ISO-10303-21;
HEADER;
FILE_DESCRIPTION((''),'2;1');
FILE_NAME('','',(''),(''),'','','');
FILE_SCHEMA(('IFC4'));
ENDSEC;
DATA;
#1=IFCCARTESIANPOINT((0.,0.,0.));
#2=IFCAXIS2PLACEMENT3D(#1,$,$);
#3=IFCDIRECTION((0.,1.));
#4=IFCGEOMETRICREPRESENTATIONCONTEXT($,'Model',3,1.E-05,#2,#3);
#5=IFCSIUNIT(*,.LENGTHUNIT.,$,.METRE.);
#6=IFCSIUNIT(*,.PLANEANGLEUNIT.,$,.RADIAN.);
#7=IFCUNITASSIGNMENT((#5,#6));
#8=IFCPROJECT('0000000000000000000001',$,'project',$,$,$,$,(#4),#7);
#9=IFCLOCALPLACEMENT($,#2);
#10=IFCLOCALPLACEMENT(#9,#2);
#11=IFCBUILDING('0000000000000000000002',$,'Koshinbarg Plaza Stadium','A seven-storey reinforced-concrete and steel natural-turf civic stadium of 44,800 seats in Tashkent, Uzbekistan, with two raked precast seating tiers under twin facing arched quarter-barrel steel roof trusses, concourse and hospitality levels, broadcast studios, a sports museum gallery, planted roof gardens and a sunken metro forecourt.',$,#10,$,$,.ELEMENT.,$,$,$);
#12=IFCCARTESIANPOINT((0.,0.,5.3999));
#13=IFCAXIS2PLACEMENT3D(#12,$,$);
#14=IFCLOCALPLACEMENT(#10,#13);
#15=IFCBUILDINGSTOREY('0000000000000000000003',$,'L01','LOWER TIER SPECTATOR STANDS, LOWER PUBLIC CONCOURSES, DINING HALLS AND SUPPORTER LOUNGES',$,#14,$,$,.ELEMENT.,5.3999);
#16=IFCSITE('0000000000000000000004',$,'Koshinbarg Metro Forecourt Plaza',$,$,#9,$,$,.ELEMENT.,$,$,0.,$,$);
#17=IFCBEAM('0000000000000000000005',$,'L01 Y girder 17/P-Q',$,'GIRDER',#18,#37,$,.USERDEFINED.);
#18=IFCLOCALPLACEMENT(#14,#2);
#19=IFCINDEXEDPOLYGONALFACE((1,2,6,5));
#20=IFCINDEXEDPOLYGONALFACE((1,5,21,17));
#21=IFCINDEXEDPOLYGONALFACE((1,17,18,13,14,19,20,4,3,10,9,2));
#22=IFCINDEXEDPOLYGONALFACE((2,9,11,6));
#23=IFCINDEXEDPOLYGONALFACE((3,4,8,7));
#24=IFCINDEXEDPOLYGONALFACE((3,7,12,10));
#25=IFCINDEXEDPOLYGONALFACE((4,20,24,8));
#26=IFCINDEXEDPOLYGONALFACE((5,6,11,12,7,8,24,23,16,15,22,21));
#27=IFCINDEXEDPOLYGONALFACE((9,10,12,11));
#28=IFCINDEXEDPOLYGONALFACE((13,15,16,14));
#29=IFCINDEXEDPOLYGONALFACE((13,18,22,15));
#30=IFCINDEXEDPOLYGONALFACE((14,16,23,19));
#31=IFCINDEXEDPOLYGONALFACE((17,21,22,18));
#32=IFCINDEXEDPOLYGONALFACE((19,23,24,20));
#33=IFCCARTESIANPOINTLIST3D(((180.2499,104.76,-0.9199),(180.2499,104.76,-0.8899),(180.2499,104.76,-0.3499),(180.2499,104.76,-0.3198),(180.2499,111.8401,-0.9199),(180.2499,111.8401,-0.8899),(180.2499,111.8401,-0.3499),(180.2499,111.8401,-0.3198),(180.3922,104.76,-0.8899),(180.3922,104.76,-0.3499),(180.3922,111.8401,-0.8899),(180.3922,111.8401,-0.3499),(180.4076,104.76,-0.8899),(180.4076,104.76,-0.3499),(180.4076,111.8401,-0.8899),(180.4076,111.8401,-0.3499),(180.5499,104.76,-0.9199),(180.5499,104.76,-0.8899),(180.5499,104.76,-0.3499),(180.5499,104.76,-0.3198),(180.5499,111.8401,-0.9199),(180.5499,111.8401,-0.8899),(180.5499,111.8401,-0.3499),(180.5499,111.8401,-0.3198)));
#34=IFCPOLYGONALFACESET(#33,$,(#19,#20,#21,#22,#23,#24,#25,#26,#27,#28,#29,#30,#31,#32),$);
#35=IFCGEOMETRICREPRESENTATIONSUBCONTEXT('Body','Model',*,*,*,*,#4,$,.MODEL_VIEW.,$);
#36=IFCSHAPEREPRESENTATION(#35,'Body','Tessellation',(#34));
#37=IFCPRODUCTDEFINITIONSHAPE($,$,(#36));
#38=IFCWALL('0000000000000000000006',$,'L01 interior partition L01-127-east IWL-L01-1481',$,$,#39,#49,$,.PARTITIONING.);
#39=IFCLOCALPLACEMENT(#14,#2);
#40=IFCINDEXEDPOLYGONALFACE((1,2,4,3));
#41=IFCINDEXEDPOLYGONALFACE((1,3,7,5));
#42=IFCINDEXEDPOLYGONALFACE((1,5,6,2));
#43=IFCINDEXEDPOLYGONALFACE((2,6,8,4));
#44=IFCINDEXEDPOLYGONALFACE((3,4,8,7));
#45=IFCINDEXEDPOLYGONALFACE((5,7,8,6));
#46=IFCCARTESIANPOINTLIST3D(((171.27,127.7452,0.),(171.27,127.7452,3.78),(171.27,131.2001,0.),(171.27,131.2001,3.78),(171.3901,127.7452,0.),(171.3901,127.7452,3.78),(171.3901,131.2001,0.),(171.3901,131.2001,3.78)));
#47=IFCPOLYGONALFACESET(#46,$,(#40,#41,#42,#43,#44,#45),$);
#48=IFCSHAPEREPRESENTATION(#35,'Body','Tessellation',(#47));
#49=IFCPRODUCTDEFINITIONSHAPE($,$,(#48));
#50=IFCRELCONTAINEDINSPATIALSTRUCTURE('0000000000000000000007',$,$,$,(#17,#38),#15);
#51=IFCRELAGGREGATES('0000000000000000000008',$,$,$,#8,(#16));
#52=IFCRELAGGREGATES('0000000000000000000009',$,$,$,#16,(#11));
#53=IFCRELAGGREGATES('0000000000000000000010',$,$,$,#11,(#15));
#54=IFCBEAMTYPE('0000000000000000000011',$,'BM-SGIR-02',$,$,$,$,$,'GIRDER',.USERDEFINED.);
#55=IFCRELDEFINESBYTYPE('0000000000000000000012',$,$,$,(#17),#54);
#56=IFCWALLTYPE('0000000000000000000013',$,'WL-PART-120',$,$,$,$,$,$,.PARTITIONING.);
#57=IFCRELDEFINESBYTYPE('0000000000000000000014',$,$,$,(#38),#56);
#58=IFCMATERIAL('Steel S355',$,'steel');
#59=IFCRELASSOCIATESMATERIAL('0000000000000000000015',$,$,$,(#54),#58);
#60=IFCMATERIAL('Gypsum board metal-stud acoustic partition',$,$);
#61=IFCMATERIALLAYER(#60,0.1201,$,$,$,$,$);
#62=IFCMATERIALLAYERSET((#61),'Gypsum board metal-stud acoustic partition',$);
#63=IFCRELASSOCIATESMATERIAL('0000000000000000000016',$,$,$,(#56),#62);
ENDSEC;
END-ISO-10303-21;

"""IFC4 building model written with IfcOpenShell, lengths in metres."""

from ifc_helpers import new_model, si_unit, direction, frame, frame_2d, origin, origin_2d, place, context, subcontext, project, spatial, rectangle, i_section, extrude, material, layer, layer_set, material_profile, profile_set, type_object, element, save


model = new_model("IFC4")

# Units and contexts
model_context = context("Model", 3, precision=1e-05, world=origin(), true_north=direction((0.0, 1.0)))
body_context = subcontext(model_context, "Body", "Model", "MODEL_VIEW")
ifc_project = project(units=[si_unit("LENGTHUNIT", "METRE"), si_unit("PLANEANGLEUNIT", "RADIAN")], contexts=[model_context])

# Site, building, storey
site_placement = place(None, origin())
site = spatial("IfcSite", under=ifc_project, at=site_placement, Name="Koshinbarg Metro Forecourt Plaza", CompositionType="ELEMENT", RefElevation=0.0)
building_placement = place(site_placement, origin())
building = spatial("IfcBuilding", under=site, at=building_placement, Name="Koshinbarg Plaza Stadium", Description="A seven-storey reinforced-concrete and steel natural-turf civic stadium of 44,800 seats in Tashkent, Uzbekistan, with two raked precast seating tiers under twin facing arched quarter-barrel steel roof trusses, concourse and hospitality levels, broadcast studios, a sports museum gallery, planted roof gardens and a sunken metro forecourt.", CompositionType="ELEMENT")
storey_placement = place(building_placement, frame((0.0, 0.0, 5.3999)))
storey = spatial("IfcBuildingStorey", under=building, at=storey_placement, Name="L01", Description="LOWER TIER SPECTATOR STANDS, LOWER PUBLIC CONCOURSES, DINING HALLS AND SUPPORTER LOUNGES", CompositionType="ELEMENT", Elevation=5.3999)

# Beam
ifc_material_1 = material(Name="Steel S355", Category="steel")
ifc_material_profile_1 = material_profile(ifc_material_1, i_section(OverallWidth=0.3, OverallDepth=0.6001, WebThickness=0.0154, FlangeThickness=0.03, at=origin_2d()), Name="HEB 600")
ifc_profile_set_1 = profile_set([ifc_material_profile_1], Name="Steel S355")
beam_type_1 = type_object("IfcBeamType", Name="BM-SGIR-02", ElementType="GIRDER", PredefinedType="USERDEFINED", material=ifc_profile_set_1)
beam_1_placement = place(storey_placement, frame((180.3999, 104.76, -0.6199), z_axis=(0.0, 1.0, 0.0), x_axis=(-1.0, 0.0, 0.0)))
element("IfcBeam", 1, at=beam_1_placement, inside=storey, type_object=beam_type_1, Name="L01 Y girder 17/P-Q", ObjectType="GIRDER", PredefinedType="USERDEFINED", context=body_context, shape_type="SweptSolid", body=[
    extrude(i_section(OverallWidth=0.3, OverallDepth=0.6001, WebThickness=0.0154, FlangeThickness=0.03, at=origin_2d()), origin(), (0.0, 0.0, 1.0), 7.0801),
])

# Wall
ifc_material_2 = material(Name="Gypsum board metal-stud acoustic partition")
ifc_layer = layer(ifc_material_2, 0.1201)
ifc_layer_set = layer_set([ifc_layer], Name="Gypsum board metal-stud acoustic partition")
wall_type = type_object("IfcWallType", Name="WL-PART-120", PredefinedType="PARTITIONING", material=ifc_layer_set)
wall_placement = place(storey_placement, frame((171.3301, 127.7451, 0.0), z_axis=(0.0, 0.0, 1.0), x_axis=(0.0, 1.0, 0.0)))
element("IfcWall", 2, at=wall_placement, inside=storey, type_object=wall_type, Name="L01 interior partition L01-127-east IWL-L01-1481", PredefinedType="PARTITIONING", context=body_context, shape_type="SweptSolid", body=[
    extrude(rectangle(XDim=3.4548, YDim=0.1201, at=frame_2d((1.7275, 0.0))), origin(), (0.0, 0.0, 1.0), 3.78),
])

save(model, "model.ifc")
